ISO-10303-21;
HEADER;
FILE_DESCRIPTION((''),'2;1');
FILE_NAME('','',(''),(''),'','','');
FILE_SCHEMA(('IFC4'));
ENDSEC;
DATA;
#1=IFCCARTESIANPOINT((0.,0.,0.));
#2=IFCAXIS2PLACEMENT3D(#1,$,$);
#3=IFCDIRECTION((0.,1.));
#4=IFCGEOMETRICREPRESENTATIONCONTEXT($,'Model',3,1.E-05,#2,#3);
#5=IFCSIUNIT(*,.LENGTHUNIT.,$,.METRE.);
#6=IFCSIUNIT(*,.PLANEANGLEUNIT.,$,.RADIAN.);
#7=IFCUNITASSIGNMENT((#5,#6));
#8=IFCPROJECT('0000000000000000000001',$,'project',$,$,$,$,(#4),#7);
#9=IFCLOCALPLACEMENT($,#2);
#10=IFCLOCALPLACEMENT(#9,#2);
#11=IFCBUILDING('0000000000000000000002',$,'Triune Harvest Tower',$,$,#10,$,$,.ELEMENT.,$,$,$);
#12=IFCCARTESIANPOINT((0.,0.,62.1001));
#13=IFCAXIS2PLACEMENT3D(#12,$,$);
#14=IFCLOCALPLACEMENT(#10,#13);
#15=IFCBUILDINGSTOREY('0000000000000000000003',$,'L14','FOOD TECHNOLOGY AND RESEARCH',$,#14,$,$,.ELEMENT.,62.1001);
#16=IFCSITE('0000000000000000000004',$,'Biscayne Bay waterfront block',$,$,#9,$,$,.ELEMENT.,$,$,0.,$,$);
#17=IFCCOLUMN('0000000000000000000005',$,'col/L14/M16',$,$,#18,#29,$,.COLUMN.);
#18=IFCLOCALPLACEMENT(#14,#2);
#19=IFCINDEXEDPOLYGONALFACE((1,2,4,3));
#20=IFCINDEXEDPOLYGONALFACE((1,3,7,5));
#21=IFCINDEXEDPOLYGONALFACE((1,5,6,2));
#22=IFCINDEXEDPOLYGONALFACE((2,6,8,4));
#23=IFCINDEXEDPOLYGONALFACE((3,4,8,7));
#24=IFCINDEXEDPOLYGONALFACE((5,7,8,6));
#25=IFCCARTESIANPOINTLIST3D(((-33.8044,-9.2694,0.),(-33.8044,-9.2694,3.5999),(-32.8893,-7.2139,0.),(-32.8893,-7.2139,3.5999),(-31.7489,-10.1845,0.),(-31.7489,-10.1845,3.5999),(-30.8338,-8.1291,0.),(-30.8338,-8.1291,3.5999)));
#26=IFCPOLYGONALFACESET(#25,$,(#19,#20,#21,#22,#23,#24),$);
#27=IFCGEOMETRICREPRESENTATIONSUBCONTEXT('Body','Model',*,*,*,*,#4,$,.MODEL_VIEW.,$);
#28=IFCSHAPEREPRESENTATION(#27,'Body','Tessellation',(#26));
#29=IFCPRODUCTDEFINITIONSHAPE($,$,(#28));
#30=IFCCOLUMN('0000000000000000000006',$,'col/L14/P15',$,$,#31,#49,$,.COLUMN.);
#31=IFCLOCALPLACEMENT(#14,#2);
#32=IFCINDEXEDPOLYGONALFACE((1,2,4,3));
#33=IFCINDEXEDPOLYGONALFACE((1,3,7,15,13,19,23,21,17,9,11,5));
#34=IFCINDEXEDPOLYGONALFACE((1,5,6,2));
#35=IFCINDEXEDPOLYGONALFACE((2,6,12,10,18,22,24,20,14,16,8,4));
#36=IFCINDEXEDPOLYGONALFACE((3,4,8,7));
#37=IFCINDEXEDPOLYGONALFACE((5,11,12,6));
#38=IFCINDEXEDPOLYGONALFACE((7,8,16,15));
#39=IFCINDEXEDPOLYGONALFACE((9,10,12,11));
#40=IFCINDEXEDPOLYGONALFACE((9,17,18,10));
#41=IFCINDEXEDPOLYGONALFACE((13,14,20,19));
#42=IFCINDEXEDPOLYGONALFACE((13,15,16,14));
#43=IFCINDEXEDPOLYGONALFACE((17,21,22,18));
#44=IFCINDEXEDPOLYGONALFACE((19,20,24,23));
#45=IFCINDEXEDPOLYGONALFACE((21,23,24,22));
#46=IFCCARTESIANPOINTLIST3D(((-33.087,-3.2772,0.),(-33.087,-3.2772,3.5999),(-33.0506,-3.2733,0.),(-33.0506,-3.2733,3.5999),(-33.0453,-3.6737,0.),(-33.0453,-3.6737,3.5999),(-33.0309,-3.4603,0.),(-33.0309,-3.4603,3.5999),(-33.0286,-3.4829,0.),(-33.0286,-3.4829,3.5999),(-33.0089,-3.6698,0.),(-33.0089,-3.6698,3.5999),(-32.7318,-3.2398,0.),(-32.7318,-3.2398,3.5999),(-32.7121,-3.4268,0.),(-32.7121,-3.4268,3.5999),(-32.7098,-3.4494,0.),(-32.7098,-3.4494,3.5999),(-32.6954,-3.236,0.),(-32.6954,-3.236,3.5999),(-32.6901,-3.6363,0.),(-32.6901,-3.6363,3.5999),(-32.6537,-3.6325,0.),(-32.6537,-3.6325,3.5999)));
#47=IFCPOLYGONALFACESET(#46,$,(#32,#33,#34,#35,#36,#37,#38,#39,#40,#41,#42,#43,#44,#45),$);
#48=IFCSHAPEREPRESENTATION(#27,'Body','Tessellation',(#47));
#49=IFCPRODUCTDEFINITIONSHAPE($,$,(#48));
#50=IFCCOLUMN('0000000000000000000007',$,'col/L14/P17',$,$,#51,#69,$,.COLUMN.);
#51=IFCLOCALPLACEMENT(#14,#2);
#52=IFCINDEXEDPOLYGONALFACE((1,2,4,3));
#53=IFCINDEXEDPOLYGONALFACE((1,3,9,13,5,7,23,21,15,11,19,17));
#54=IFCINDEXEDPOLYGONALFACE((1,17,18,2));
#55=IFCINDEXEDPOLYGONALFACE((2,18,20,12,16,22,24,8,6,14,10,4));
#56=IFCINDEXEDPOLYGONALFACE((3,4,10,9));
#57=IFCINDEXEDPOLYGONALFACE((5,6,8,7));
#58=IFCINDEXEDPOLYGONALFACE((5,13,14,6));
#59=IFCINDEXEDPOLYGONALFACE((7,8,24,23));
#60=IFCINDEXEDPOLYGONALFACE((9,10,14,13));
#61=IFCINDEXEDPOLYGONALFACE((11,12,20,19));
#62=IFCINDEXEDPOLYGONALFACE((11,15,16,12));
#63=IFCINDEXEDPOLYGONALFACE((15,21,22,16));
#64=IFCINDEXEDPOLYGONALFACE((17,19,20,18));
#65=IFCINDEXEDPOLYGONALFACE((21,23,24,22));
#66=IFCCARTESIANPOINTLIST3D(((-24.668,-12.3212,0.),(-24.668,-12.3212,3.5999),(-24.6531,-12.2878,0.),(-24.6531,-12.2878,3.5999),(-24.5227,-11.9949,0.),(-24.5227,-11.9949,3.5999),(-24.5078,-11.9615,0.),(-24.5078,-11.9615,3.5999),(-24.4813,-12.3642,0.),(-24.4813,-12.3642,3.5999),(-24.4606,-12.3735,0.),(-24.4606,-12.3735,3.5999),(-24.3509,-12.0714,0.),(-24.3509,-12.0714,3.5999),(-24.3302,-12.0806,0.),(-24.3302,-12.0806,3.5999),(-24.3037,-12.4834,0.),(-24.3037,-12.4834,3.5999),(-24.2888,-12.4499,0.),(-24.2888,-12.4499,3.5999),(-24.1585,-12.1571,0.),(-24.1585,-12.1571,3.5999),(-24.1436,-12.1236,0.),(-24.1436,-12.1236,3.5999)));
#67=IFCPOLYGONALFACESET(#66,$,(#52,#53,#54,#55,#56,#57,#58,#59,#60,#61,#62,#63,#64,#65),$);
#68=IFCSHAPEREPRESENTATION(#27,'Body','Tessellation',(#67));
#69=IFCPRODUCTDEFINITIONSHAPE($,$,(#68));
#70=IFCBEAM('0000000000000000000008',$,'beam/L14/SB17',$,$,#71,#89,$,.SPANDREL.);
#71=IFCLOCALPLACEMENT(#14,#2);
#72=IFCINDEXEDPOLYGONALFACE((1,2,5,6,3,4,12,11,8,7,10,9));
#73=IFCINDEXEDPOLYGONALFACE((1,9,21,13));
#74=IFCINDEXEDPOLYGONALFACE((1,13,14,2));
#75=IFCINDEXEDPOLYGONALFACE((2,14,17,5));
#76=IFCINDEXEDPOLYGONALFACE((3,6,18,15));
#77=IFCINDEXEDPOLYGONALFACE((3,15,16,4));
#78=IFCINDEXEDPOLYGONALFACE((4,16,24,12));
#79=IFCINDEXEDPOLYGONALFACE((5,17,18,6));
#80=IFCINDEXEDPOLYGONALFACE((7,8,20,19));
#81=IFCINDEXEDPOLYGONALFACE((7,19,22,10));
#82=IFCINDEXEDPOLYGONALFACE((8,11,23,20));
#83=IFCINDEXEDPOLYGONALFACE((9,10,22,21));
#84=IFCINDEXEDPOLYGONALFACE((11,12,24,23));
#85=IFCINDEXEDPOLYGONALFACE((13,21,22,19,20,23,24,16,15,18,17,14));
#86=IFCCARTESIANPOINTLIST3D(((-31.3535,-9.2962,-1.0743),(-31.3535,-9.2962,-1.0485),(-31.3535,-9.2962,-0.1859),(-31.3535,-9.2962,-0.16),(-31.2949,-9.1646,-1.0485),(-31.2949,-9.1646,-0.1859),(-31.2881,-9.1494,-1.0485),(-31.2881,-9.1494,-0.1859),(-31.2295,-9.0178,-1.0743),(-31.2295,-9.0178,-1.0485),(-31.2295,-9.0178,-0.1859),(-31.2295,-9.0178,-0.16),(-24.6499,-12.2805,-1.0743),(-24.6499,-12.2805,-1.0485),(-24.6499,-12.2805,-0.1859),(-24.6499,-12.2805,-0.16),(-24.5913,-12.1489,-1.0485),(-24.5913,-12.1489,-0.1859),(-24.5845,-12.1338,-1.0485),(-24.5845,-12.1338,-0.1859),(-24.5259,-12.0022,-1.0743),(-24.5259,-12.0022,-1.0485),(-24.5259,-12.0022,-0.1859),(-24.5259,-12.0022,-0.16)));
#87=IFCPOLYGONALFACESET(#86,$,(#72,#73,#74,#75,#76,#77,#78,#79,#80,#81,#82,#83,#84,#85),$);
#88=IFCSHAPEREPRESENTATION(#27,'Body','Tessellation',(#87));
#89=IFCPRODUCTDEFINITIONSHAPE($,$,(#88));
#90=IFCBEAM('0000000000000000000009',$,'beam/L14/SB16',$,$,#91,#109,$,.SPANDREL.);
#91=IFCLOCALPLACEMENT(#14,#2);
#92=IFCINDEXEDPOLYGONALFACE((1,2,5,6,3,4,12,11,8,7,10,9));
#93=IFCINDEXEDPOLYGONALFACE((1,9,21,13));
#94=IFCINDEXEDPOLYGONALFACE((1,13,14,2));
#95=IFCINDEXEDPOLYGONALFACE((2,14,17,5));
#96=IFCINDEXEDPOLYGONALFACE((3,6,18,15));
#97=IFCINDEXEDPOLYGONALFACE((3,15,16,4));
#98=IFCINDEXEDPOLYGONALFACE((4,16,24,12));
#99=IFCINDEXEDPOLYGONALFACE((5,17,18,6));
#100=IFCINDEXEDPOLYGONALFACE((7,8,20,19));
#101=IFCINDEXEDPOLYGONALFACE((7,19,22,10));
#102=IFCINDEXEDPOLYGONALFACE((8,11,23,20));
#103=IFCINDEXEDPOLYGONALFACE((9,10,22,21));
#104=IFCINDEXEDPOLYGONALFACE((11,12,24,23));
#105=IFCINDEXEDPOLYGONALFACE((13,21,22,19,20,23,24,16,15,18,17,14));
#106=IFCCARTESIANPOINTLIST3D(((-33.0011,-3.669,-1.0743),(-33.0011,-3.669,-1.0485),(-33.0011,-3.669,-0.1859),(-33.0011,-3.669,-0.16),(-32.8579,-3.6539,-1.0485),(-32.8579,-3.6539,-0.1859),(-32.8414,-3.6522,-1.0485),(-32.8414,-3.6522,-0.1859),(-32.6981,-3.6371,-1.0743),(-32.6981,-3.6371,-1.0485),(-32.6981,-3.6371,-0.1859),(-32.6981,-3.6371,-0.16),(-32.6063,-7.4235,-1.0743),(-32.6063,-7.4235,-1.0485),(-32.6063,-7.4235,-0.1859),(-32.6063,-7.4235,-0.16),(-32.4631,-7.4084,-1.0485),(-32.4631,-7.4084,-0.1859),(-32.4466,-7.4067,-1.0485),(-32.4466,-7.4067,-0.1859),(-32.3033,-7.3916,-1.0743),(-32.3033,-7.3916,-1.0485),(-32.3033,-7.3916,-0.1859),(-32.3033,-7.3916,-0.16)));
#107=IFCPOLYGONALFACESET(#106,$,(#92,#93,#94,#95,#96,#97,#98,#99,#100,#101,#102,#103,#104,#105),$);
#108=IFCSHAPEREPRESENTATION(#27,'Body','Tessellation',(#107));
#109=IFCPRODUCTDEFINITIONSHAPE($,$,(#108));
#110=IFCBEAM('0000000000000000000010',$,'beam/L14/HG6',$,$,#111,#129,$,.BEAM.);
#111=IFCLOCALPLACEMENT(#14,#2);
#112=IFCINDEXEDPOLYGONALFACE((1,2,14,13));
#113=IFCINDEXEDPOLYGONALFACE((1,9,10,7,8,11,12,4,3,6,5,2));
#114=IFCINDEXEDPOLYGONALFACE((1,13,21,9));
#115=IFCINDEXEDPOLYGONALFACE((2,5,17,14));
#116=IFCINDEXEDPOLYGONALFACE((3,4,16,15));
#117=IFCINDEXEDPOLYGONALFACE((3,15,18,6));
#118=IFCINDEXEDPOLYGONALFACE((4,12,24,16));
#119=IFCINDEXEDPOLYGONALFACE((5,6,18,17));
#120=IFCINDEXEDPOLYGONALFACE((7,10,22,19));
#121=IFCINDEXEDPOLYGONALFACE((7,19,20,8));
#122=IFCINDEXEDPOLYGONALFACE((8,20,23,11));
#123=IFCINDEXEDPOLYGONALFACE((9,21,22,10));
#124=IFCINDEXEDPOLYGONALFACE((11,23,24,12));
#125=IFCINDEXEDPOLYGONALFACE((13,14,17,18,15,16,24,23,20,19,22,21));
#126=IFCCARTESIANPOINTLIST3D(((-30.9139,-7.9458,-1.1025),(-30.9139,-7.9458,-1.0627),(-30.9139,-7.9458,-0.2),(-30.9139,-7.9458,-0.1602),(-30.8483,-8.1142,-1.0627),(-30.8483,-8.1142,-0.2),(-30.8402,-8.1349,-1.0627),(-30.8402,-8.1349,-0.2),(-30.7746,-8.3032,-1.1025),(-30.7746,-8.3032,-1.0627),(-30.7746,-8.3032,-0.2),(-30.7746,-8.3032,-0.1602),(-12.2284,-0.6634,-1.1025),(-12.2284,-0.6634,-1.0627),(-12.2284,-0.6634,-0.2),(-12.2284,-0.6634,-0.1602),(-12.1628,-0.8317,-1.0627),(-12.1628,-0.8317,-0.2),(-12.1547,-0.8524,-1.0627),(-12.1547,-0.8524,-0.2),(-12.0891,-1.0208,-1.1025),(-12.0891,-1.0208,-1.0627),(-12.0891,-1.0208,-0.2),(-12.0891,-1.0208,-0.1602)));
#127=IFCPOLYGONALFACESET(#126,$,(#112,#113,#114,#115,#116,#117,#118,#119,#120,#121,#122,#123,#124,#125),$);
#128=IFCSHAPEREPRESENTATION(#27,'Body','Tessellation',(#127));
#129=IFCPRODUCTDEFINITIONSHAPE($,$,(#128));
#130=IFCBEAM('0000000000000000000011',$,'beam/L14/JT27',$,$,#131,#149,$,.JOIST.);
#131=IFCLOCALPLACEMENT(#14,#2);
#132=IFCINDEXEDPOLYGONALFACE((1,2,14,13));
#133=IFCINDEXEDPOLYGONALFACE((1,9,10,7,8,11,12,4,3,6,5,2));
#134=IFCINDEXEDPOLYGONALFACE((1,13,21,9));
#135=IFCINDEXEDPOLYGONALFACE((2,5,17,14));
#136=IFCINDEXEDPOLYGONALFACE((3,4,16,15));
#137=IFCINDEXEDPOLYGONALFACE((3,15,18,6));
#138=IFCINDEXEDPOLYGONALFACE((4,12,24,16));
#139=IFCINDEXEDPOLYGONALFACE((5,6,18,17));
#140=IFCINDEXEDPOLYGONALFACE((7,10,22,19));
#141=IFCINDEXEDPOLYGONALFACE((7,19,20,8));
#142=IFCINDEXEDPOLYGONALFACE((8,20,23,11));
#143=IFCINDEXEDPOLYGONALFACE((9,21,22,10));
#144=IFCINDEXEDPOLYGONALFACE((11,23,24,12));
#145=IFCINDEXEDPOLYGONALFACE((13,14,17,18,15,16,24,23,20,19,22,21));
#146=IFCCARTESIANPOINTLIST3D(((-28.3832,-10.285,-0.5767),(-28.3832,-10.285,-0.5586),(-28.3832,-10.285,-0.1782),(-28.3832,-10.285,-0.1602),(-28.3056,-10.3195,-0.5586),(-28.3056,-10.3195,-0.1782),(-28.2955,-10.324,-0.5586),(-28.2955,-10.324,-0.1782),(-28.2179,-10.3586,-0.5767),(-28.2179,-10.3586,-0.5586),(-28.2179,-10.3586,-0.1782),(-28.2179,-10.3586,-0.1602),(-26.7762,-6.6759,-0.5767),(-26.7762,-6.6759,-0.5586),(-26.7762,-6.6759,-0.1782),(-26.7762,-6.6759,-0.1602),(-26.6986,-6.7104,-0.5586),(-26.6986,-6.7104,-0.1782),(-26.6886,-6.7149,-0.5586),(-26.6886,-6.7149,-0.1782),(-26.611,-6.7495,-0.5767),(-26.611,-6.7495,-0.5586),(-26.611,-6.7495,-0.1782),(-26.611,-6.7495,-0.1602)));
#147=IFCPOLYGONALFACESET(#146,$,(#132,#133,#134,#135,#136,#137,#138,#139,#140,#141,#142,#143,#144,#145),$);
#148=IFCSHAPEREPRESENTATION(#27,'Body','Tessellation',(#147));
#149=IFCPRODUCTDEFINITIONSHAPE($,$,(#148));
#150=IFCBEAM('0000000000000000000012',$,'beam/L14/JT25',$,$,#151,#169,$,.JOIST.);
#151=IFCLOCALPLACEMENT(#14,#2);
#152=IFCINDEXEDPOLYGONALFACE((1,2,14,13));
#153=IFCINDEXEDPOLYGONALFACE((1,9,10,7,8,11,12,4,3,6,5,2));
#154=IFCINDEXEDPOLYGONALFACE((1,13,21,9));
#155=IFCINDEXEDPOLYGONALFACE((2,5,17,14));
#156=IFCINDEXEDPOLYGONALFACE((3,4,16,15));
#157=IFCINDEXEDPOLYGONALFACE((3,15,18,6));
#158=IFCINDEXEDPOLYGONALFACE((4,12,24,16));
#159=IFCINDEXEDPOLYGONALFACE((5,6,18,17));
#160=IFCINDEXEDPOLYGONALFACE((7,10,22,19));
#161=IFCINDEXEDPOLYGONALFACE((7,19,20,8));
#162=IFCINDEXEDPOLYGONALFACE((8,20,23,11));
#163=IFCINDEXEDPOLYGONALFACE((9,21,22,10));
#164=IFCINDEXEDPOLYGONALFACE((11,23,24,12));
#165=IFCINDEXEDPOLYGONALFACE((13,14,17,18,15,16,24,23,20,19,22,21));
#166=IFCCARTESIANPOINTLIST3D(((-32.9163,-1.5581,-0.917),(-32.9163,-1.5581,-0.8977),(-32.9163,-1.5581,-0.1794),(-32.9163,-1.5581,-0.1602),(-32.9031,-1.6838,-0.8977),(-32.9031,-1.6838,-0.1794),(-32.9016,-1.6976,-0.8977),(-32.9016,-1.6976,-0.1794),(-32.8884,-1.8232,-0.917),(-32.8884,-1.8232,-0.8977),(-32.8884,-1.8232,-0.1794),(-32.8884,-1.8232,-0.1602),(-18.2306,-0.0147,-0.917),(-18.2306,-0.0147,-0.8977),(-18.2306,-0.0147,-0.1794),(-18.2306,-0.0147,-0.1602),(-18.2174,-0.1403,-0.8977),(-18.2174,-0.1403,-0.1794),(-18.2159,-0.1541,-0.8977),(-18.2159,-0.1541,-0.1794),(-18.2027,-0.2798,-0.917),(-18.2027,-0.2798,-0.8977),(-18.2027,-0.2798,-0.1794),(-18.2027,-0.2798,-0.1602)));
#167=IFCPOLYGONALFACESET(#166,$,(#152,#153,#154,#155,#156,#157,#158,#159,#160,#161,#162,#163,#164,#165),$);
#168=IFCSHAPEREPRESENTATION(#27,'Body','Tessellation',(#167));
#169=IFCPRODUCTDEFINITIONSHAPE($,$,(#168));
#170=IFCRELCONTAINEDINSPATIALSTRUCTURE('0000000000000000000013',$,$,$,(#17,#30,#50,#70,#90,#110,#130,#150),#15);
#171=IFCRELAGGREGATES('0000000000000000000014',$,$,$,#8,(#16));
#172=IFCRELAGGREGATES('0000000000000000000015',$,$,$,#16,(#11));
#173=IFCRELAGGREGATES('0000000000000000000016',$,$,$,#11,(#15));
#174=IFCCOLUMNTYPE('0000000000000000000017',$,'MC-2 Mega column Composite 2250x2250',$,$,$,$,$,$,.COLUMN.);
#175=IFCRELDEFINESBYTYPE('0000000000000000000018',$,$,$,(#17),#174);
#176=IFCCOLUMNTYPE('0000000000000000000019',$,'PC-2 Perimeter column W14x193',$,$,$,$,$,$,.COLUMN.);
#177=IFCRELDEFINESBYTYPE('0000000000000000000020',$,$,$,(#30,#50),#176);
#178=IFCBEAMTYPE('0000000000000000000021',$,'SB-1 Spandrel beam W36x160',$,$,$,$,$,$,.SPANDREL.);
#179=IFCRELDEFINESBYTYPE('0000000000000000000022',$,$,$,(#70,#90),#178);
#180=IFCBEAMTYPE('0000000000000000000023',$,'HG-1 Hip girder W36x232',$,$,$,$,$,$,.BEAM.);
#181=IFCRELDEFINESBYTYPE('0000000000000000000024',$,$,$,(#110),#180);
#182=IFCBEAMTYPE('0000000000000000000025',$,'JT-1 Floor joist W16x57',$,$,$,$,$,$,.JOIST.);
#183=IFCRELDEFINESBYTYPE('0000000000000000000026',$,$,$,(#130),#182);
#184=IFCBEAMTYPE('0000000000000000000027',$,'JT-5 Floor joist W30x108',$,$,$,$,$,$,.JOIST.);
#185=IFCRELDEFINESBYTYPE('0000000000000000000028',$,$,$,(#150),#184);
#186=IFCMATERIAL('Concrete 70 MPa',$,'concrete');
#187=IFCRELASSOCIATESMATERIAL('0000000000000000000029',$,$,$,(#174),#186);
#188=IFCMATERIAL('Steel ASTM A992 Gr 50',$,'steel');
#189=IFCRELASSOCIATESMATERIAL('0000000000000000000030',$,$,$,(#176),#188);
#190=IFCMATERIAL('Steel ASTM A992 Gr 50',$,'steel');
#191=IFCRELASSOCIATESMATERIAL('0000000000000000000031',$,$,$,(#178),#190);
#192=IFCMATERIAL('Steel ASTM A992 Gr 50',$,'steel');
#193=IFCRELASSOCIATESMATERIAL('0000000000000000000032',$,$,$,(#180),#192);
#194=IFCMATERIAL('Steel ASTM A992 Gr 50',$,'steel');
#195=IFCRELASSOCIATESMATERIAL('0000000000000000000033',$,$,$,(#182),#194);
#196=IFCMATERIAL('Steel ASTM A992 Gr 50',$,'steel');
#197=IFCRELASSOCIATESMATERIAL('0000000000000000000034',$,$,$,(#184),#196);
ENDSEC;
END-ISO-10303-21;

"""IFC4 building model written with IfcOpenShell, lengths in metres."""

from ifc_helpers import new_model, si_unit, direction, frame, origin, origin_2d, place, context, subcontext, project, spatial, rectangle, i_section, extrude, source, transform, mapped, material, material_profile, profile_set, type_object, element, save


model = new_model("IFC4")

# Units and contexts
model_context = context("Model", 3, precision=1e-05, world=origin(), true_north=direction((0.0, 1.0)))
body_context = subcontext(model_context, "Body", "Model", "MODEL_VIEW")
ifc_project = project(units=[si_unit("LENGTHUNIT", "METRE"), si_unit("PLANEANGLEUNIT", "RADIAN")], contexts=[model_context])

# Site, building, storey
site_placement = place(None, origin())
site = spatial("IfcSite", under=ifc_project, at=site_placement, Name="Biscayne Bay waterfront block", CompositionType="ELEMENT", RefElevation=0.0)
building_placement = place(site_placement, origin())
building = spatial("IfcBuilding", under=site, at=building_placement, Name="Triune Harvest Tower", CompositionType="ELEMENT")
storey_placement = place(building_placement, frame((0.0, 0.0, 62.1001)))
storey = spatial("IfcBuildingStorey", under=building, at=storey_placement, Name="L14", Description="FOOD TECHNOLOGY AND RESEARCH", CompositionType="ELEMENT", Elevation=62.1001)

# Columns
ifc_material_1 = material(Name="Concrete 70 MPa", Category="concrete")
ifc_material_profile_1 = material_profile(ifc_material_1, rectangle(XDim=2.25, YDim=2.25, at=origin_2d()), Name="Composite 2250x2250")
ifc_profile_set_1 = profile_set([ifc_material_profile_1], Name="Concrete 70 MPa")
column_type_1 = type_object("IfcColumnType", Name="MC-2 Mega column Composite 2250x2250", PredefinedType="COLUMN", material=ifc_profile_set_1)
shared_shape_1 = source(origin(), body_context, "Body", "SweptSolid", [
    extrude(rectangle(XDim=2.25, YDim=2.25, at=origin_2d()), origin(), (0.0, 0.0, 1.0), 3.5999),
])
column_placement = place(storey_placement, frame((-32.3191, -8.6992, 0.0), z_axis=(0.0, 0.0, 1.0), x_axis=(0.913545, -0.406737, 0.0)))
element("IfcColumn", 1, at=column_placement, inside=storey, type_object=column_type_1, Name="col/L14/M16", PredefinedType="COLUMN", context=body_context, shape_type="MappedRepresentation", body=[
    mapped(shared_shape_1, transform((0.0, 0.0, 0.0), scale=1.0)),
])
ifc_material_2 = material(Name="Steel ASTM A992 Gr 50", Category="steel")
ifc_material_profile_2 = material_profile(ifc_material_2, i_section(OverallWidth=0.3987, OverallDepth=0.3938, WebThickness=0.0227, FlangeThickness=0.0366, at=origin_2d()), Name="W14x193")
ifc_profile_set_2 = profile_set([ifc_material_profile_2], Name="Steel ASTM A992 Gr 50")
column_type_2 = type_object("IfcColumnType", Name="PC-2 Perimeter column W14x193", PredefinedType="COLUMN", material=ifc_profile_set_2)
shared_shape_2 = source(origin(), body_context, "Body", "SweptSolid", [
    extrude(i_section(OverallWidth=0.3987, OverallDepth=0.3938, WebThickness=0.0227, FlangeThickness=0.0366, at=origin_2d()), origin(), (0.0, 0.0, 1.0), 3.5999),
])
for number, where, z_axis, x_axis, name in (
    (2, (-32.8704, -3.4548, 0.0), (0.0, 0.0, 1.0), (0.104528, -0.994522, 0.0), "col/L14/P15"),
    (3, (-24.4058, -12.2224, 0.0), (0.0, 0.0, 1.0), (0.913545, -0.406737, 0.0), "col/L14/P17"),
):
    element("IfcColumn", number, at=place(storey_placement, frame(where, z_axis=z_axis, x_axis=x_axis)), inside=storey, type_object=column_type_2, Name=name, PredefinedType="COLUMN", context=body_context, shape_type="MappedRepresentation", body=[
        mapped(shared_shape_2, transform((0.0, 0.0, 0.0), scale=1.0)),
    ])

# Beams
ifc_material_3 = material(Name="Steel ASTM A992 Gr 50", Category="steel")
ifc_material_profile_3 = material_profile(ifc_material_3, i_section(OverallWidth=0.3047, OverallDepth=0.9143, WebThickness=0.0166, FlangeThickness=0.0259, at=origin_2d()), Name="W36x160")
ifc_profile_set_3 = profile_set([ifc_material_profile_3], Name="Steel ASTM A992 Gr 50")
beam_type_1 = type_object("IfcBeamType", Name="SB-1 Spandrel beam W36x160", PredefinedType="SPANDREL", material=ifc_profile_set_3)
shared_shape_3 = source(origin(), body_context, "Body", "SweptSolid", [
    extrude(i_section(OverallWidth=0.3047, OverallDepth=0.9143, WebThickness=0.0166, FlangeThickness=0.0259, at=origin_2d()), origin(), (0.0, 0.0, 1.0), 7.3379),
])
beam_1_placement = place(storey_placement, frame((-31.2915, -9.157, -0.6172), z_axis=(0.913559, -0.406706, 0.0), x_axis=(0.406706, 0.913559, 0.0)))
element("IfcBeam", 4, at=beam_1_placement, inside=storey, type_object=beam_type_1, Name="beam/L14/SB17", PredefinedType="SPANDREL", context=body_context, shape_type="MappedRepresentation", body=[
    mapped(shared_shape_3, transform((0.0, 0.0, 0.0), scale=1.0)),
])
shared_shape_4 = source(origin(), body_context, "Body", "SweptSolid", [
    extrude(i_section(OverallWidth=0.3047, OverallDepth=0.9143, WebThickness=0.0166, FlangeThickness=0.0259, at=origin_2d()), origin(), (0.0, 0.0, 1.0), 3.7751),
])
beam_2_placement = place(storey_placement, frame((-32.8496, -3.6531, -0.6172), z_axis=(0.104574, -0.994517, 0.0), x_axis=(0.994517, 0.104574, 0.0)))
element("IfcBeam", 5, at=beam_2_placement, inside=storey, type_object=beam_type_1, Name="beam/L14/SB16", PredefinedType="SPANDREL", context=body_context, shape_type="MappedRepresentation", body=[
    mapped(shared_shape_4, transform((0.0, 0.0, 0.0), scale=1.0)),
])
ifc_material_4 = material(Name="Steel ASTM A992 Gr 50", Category="steel")
ifc_material_profile_4 = material_profile(ifc_material_4, i_section(OverallWidth=0.3835, OverallDepth=0.9424, WebThickness=0.0222, FlangeThickness=0.0398, at=origin_2d()), Name="W36x232")
ifc_profile_set_4 = profile_set([ifc_material_profile_4], Name="Steel ASTM A992 Gr 50")
beam_type_2 = type_object("IfcBeamType", Name="HG-1 Hip girder W36x232", PredefinedType="BEAM", material=ifc_profile_set_4)
shared_shape_5 = source(origin(), body_context, "Body", "SweptSolid", [
    extrude(i_section(OverallWidth=0.3835, OverallDepth=0.9424, WebThickness=0.0222, FlangeThickness=0.0398, at=origin_2d()), origin(), (0.0, 0.0, 1.0), 20.0544),
])
beam_3_placement = place(storey_placement, frame((-30.8442, -8.1245, -0.6313), z_axis=(0.931737, 0.363134, 0.0), x_axis=(-0.363134, 0.931737, 0.0)))
element("IfcBeam", 6, at=beam_3_placement, inside=storey, type_object=beam_type_2, Name="beam/L14/HG6", PredefinedType="BEAM", context=body_context, shape_type="MappedRepresentation", body=[
    mapped(shared_shape_5, transform((0.0, 0.0, 0.0), scale=1.0)),
])
ifc_material_5 = material(Name="Steel ASTM A992 Gr 50", Category="steel")
ifc_material_profile_5 = material_profile(ifc_material_5, i_section(OverallWidth=0.1809, OverallDepth=0.4165, WebThickness=0.011, FlangeThickness=0.0181, at=origin_2d()), Name="W16x57")
ifc_profile_set_5 = profile_set([ifc_material_profile_5], Name="Steel ASTM A992 Gr 50")
beam_type_3 = type_object("IfcBeamType", Name="JT-1 Floor joist W16x57", PredefinedType="JOIST", material=ifc_profile_set_5)
shared_shape_6 = source(origin(), body_context, "Body", "SweptSolid", [
    extrude(i_section(OverallWidth=0.1809, OverallDepth=0.4165, WebThickness=0.011, FlangeThickness=0.0181, at=origin_2d()), origin(), (0.0, 0.0, 1.0), 3.9507),
])
beam_4_placement = place(storey_placement, frame((-28.3005, -10.3218, -0.3684), z_axis=(0.406746, 0.913541, 0.0), x_axis=(-0.913541, 0.406746, 0.0)))
element("IfcBeam", 7, at=beam_4_placement, inside=storey, type_object=beam_type_3, Name="beam/L14/JT27", PredefinedType="JOIST", context=body_context, shape_type="MappedRepresentation", body=[
    mapped(shared_shape_6, transform((0.0, 0.0, 0.0), scale=1.0)),
])
ifc_material_6 = material(Name="Steel ASTM A992 Gr 50", Category="steel")
ifc_material_profile_6 = material_profile(ifc_material_6, i_section(OverallWidth=0.2666, OverallDepth=0.7568, WebThickness=0.0139, FlangeThickness=0.0193, at=origin_2d()), Name="W30x108")
ifc_profile_set_6 = profile_set([ifc_material_profile_6], Name="Steel ASTM A992 Gr 50")
beam_type_4 = type_object("IfcBeamType", Name="JT-5 Floor joist W30x108", PredefinedType="JOIST", material=ifc_profile_set_6)
shared_shape_7 = source(origin(), body_context, "Body", "SweptSolid", [
    extrude(i_section(OverallWidth=0.2666, OverallDepth=0.7568, WebThickness=0.0139, FlangeThickness=0.0193, at=origin_2d()), origin(), (0.0, 0.0, 1.0), 14.7666),
])
beam_5_placement = place(storey_placement, frame((-32.9023, -1.6907, -0.5386), z_axis=(0.994522, 0.104523, 0.0), x_axis=(-0.104523, 0.994522, 0.0)))
element("IfcBeam", 8, at=beam_5_placement, inside=storey, type_object=beam_type_4, Name="beam/L14/JT25", PredefinedType="JOIST", context=body_context, shape_type="MappedRepresentation", body=[
    mapped(shared_shape_7, transform((0.0, 0.0, 0.0), scale=1.0)),
])

save(model, "model.ifc")
